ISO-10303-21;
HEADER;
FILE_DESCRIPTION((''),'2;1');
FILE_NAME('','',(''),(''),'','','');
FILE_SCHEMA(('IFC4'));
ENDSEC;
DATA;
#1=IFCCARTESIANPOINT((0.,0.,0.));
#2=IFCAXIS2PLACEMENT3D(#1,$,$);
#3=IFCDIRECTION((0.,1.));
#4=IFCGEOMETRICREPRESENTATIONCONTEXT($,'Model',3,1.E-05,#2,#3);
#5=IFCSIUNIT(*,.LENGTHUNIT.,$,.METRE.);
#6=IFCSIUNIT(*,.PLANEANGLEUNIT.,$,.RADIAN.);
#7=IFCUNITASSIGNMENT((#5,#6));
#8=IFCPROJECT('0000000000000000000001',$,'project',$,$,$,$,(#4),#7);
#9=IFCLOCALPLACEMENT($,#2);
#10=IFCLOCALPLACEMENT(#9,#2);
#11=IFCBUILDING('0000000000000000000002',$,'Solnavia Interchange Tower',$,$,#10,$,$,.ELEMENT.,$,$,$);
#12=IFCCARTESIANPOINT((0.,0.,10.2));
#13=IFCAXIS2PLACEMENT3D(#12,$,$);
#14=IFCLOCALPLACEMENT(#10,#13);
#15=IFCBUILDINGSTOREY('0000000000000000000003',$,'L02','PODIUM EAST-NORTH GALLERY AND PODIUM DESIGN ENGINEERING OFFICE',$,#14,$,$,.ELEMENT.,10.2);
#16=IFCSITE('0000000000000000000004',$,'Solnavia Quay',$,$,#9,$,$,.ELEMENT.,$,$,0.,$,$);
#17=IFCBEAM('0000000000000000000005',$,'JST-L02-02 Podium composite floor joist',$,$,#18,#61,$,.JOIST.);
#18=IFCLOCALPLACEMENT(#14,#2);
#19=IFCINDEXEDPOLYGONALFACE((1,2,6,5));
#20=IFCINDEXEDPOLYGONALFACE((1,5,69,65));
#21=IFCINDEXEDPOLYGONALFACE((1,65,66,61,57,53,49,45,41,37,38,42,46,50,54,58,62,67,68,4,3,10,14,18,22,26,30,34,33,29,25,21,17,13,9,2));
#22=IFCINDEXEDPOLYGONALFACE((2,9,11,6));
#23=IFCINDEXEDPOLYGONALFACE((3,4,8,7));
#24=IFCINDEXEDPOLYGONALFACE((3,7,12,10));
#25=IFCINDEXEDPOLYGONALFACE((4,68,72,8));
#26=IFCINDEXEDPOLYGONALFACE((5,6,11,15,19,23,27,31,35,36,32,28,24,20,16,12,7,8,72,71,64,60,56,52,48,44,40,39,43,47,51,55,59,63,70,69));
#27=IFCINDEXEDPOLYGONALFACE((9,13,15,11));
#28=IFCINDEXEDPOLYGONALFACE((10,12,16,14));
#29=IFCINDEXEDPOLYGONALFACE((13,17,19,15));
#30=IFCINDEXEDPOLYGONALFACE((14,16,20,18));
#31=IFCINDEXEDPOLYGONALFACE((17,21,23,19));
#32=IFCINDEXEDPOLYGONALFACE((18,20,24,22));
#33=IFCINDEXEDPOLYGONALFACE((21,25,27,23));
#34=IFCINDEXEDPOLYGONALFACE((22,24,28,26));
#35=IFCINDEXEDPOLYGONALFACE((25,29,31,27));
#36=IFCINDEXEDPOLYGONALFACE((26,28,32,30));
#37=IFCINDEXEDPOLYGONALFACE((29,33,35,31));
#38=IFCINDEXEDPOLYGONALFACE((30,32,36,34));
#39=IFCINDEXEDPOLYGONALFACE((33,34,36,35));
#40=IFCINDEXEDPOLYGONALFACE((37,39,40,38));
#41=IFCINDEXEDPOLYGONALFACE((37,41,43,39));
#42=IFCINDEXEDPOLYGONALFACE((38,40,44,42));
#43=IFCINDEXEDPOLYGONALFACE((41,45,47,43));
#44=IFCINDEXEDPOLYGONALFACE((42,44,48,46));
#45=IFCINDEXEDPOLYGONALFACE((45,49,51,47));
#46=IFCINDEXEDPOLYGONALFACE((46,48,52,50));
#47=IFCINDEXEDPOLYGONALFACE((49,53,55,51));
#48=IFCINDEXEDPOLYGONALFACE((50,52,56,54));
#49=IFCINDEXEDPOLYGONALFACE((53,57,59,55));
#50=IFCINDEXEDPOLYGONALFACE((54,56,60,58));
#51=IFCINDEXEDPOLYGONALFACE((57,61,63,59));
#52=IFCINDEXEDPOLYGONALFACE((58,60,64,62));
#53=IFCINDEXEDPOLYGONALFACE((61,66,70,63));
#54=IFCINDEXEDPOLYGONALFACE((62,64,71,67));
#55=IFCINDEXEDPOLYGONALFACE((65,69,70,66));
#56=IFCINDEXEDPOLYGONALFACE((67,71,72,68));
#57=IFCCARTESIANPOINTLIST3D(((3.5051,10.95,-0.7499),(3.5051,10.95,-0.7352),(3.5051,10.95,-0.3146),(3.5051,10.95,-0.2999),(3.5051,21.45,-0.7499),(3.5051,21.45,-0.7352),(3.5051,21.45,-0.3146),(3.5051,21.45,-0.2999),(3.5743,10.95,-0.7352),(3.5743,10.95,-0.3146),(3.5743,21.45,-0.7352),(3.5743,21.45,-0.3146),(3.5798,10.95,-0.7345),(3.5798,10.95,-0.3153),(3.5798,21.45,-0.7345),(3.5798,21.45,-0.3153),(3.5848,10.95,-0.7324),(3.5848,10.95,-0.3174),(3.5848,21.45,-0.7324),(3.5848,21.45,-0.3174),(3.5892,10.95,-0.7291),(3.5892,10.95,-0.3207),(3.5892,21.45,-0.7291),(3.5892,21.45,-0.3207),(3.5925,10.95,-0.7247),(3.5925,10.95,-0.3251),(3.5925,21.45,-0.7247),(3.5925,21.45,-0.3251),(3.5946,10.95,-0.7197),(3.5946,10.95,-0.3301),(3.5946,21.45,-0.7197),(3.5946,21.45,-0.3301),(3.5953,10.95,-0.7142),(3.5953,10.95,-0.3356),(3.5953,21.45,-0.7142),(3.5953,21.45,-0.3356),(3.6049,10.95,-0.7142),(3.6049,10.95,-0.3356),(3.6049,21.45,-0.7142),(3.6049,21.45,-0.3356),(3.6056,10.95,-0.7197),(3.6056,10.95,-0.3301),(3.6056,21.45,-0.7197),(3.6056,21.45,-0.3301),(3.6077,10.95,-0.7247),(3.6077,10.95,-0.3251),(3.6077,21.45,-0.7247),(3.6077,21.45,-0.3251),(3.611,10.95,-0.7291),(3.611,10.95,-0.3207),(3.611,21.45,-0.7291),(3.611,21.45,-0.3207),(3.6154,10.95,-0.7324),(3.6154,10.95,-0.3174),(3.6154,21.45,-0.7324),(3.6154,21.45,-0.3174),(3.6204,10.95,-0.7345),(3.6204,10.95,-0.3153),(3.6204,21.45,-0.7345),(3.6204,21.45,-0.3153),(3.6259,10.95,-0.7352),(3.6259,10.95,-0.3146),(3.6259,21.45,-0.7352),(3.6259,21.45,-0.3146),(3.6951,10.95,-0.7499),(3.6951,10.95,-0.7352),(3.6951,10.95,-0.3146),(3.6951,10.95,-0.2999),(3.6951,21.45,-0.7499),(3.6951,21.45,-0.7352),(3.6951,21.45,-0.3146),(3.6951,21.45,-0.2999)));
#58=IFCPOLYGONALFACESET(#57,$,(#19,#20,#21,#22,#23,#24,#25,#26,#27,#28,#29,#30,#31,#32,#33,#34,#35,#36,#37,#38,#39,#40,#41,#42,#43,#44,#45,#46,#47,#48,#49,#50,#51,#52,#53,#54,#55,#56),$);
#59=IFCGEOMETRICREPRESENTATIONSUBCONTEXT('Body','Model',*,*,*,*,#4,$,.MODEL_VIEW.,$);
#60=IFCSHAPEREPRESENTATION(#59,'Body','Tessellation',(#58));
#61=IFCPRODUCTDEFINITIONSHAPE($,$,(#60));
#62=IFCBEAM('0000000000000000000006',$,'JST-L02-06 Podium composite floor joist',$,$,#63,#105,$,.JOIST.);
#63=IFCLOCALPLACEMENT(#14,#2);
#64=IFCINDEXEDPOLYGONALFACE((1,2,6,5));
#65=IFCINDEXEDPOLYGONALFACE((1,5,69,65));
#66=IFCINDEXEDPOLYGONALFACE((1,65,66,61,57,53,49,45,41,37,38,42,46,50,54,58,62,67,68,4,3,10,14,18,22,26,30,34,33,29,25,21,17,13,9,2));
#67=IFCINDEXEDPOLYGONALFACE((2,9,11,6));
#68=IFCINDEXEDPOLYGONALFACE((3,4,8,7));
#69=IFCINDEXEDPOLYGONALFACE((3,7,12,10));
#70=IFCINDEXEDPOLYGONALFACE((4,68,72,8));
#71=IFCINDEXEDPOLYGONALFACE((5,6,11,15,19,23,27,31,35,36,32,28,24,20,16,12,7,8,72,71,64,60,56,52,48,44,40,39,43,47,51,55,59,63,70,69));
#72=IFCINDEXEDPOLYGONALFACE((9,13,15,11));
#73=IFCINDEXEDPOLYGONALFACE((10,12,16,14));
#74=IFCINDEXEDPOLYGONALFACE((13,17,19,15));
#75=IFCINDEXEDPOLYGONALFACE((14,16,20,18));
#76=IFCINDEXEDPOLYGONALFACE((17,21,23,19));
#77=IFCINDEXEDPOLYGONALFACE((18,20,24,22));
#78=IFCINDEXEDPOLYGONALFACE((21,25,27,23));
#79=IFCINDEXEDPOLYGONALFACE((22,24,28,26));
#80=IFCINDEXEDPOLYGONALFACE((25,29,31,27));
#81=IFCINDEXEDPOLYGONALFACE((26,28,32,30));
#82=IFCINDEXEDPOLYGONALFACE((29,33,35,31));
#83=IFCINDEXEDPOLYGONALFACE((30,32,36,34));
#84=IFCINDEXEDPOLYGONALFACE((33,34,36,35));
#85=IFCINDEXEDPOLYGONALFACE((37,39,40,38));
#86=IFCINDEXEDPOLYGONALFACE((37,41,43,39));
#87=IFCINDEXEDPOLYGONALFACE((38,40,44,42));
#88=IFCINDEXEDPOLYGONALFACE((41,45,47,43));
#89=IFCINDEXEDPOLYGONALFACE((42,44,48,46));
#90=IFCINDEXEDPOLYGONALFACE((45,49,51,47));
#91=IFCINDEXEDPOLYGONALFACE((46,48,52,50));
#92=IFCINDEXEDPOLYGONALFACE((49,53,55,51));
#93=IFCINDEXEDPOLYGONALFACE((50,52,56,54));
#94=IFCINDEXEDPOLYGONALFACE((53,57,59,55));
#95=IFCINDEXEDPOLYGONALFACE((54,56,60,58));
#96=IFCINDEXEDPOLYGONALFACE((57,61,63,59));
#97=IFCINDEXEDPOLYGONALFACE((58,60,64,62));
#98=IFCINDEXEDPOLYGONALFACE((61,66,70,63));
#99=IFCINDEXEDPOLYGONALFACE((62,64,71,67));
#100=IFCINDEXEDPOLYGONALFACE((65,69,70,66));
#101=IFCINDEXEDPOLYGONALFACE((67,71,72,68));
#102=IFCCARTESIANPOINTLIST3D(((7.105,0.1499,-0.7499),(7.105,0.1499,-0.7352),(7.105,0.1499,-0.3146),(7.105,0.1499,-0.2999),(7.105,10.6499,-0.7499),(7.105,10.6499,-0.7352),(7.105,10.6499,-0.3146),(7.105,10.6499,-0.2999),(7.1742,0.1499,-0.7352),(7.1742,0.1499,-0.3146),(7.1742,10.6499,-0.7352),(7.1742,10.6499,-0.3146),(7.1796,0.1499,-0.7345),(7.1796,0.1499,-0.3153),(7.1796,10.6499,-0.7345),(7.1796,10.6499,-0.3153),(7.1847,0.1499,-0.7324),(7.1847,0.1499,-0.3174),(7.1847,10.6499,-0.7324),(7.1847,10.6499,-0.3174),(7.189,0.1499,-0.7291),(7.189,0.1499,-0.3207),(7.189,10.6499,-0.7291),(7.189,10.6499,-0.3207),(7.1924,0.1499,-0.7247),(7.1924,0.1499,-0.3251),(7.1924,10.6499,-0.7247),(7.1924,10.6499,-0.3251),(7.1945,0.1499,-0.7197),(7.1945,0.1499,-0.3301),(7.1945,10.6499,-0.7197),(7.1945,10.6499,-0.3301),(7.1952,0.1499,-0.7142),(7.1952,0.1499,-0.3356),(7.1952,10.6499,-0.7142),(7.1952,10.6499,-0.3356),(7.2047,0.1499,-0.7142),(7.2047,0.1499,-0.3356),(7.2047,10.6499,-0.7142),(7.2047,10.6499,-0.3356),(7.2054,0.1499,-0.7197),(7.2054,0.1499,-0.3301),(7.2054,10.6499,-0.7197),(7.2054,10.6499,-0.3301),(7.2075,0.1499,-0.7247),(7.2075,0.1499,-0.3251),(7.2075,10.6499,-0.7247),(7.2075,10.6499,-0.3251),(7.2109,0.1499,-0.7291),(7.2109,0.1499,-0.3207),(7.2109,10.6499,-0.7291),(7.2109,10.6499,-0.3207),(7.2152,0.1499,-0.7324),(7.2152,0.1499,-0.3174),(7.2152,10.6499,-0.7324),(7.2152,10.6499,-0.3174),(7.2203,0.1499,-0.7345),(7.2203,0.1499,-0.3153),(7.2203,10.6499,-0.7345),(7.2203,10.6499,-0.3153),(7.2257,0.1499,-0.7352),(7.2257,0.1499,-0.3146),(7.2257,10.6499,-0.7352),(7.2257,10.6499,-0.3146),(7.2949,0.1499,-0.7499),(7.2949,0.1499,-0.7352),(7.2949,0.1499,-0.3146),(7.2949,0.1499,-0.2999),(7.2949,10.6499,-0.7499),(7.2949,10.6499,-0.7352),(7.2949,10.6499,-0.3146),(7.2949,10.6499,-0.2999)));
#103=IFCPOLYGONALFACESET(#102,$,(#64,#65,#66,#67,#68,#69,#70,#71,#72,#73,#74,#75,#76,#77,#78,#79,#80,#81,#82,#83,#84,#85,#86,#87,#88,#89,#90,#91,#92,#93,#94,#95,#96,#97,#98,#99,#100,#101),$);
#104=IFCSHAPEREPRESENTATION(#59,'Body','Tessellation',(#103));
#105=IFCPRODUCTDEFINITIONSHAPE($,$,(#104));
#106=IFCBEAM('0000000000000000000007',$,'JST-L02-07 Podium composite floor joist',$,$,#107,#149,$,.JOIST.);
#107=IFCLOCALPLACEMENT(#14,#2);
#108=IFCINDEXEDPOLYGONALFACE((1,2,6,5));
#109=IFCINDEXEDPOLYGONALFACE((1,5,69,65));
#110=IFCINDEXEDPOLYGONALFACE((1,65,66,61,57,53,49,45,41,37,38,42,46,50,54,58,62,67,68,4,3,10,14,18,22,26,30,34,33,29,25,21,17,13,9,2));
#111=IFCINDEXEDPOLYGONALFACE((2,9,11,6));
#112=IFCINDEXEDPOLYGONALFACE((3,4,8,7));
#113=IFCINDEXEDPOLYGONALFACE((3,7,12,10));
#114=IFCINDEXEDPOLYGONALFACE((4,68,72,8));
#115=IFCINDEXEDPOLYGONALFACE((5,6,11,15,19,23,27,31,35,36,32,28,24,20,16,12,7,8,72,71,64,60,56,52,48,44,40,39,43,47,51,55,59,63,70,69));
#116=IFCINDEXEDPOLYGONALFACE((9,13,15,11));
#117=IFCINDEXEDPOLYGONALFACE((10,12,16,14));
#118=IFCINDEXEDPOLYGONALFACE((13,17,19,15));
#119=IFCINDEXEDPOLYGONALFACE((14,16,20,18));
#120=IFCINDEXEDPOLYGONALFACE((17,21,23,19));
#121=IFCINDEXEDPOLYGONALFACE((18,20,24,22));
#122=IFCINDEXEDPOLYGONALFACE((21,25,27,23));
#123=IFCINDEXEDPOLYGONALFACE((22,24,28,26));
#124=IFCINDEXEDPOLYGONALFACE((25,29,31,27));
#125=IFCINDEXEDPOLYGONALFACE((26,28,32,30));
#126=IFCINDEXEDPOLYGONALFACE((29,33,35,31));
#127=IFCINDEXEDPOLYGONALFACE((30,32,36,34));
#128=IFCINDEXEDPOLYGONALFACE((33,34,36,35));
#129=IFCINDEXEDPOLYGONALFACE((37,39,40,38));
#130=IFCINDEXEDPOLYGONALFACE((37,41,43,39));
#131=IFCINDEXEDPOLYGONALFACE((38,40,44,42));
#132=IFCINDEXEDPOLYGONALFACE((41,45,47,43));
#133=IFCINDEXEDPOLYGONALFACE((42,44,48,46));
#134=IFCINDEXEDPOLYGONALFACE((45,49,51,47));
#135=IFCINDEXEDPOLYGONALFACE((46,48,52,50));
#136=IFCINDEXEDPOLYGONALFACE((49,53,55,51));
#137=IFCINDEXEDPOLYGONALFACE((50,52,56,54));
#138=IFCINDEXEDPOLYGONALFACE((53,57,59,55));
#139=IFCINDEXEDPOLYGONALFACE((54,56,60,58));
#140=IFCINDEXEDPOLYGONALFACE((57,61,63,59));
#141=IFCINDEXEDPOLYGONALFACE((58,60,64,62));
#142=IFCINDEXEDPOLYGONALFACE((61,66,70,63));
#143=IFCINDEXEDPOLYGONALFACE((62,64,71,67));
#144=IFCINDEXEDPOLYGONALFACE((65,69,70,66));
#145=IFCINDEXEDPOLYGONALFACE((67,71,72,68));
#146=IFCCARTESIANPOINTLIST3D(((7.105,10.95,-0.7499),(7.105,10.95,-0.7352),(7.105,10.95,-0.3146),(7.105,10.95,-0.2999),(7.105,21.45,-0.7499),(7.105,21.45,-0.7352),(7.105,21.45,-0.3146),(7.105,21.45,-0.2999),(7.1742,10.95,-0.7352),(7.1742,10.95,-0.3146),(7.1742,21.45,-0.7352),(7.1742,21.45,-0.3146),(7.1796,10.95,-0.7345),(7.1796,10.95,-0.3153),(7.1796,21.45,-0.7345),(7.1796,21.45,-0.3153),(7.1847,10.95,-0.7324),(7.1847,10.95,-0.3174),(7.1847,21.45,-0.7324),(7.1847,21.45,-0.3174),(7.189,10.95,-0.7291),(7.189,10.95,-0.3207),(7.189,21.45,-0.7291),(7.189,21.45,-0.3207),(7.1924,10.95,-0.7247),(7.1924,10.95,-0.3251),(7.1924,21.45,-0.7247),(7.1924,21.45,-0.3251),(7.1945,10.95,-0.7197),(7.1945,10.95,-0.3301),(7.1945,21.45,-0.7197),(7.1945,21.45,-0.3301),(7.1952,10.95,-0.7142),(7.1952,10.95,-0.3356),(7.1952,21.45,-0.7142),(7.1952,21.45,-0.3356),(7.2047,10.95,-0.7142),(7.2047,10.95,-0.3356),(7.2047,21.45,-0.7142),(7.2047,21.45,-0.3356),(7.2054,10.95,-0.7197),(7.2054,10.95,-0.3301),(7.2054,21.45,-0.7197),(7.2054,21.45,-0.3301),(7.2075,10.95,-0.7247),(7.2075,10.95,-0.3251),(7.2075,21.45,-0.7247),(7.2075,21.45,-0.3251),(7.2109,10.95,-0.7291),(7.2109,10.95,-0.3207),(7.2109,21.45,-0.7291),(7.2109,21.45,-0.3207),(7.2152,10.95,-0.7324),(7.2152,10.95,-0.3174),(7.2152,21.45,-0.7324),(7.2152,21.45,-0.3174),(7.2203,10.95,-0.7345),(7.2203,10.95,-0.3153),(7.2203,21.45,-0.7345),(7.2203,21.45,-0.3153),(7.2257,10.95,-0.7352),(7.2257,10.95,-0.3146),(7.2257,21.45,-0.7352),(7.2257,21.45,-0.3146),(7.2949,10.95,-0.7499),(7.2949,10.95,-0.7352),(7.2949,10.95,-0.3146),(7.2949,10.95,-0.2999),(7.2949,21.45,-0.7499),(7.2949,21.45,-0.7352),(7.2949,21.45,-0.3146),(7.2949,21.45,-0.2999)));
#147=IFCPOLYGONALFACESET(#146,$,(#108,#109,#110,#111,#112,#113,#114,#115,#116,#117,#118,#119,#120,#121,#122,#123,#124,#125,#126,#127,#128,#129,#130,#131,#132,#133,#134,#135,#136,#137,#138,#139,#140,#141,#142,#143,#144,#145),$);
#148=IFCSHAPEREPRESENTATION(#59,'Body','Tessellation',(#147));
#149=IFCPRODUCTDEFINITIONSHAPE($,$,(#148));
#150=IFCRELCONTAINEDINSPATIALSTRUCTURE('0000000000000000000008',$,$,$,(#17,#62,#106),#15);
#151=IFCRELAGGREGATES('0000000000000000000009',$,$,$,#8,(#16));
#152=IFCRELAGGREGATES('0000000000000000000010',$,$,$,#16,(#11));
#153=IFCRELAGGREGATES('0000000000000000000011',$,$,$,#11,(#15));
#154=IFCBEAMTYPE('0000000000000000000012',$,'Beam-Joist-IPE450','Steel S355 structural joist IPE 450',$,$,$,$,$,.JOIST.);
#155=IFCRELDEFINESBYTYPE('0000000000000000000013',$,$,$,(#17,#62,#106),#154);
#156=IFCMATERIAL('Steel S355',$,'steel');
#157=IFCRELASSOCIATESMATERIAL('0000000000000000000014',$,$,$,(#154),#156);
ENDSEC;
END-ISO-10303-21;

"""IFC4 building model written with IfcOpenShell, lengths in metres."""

from ifc_helpers import new_model, si_unit, direction, frame, origin, origin_2d, place, context, subcontext, project, spatial, i_section, extrude, material, material_profile, profile_set, type_object, element, save


model = new_model("IFC4")

# Units and contexts
model_context = context("Model", 3, precision=1e-05, world=origin(), true_north=direction((0.0, 1.0)))
body_context = subcontext(model_context, "Body", "Model", "MODEL_VIEW")
ifc_project = project(units=[si_unit("LENGTHUNIT", "METRE"), si_unit("PLANEANGLEUNIT", "RADIAN")], contexts=[model_context])

# Site, building, storey
site_placement = place(None, origin())
site = spatial("IfcSite", under=ifc_project, at=site_placement, Name="Solnavia Quay", CompositionType="ELEMENT", RefElevation=0.0)
building_placement = place(site_placement, origin())
building = spatial("IfcBuilding", under=site, at=building_placement, Name="Solnavia Interchange Tower", CompositionType="ELEMENT")
storey_placement = place(building_placement, frame((0.0, 0.0, 10.2)))
storey = spatial("IfcBuildingStorey", under=building, at=storey_placement, Name="L02", Description="PODIUM EAST-NORTH GALLERY AND PODIUM DESIGN ENGINEERING OFFICE", CompositionType="ELEMENT", Elevation=10.2)

# Beams
ifc_material_1 = material(Name="Steel S355", Category="steel")
ifc_material_profile_1 = material_profile(ifc_material_1, i_section(OverallWidth=0.1899, OverallDepth=0.45, WebThickness=0.0095, FlangeThickness=0.0146, FilletRadius=0.021, at=origin_2d()), Name="IPE 450")
ifc_profile_set_1 = profile_set([ifc_material_profile_1], Name="Steel S355")
beam_type_1 = type_object("IfcBeamType", Name="Beam-Joist-IPE450", Description="Steel S355 structural joist IPE 450", PredefinedType="JOIST", material=ifc_profile_set_1)
for number, where, z_axis, x_axis, name in (
    (1, (3.6001, 10.95, -0.5249), (0.0, 1.0, 0.0), (-1.0, 0.0, 0.0), "JST-L02-02 Podium composite floor joist"),
    (2, (7.2, 0.1499, -0.5249), (0.0, 1.0, 0.0), (-1.0, 0.0, 0.0), "JST-L02-06 Podium composite floor joist"),
    (3, (7.2, 10.95, -0.5249), (0.0, 1.0, 0.0), (-1.0, 0.0, 0.0), "JST-L02-07 Podium composite floor joist"),
):
    element("IfcBeam", number, at=place(storey_placement, frame(where, z_axis=z_axis, x_axis=x_axis)), inside=storey, type_object=beam_type_1, Name=name, PredefinedType="JOIST", context=body_context, shape_type="SweptSolid", body=[
        extrude(i_section(OverallWidth=0.1899, OverallDepth=0.45, WebThickness=0.0095, FlangeThickness=0.0146, FilletRadius=0.021, at=origin_2d()), origin(), (0.0, 0.0, 1.0), 10.5),
    ])

save(model, "model.ifc")
